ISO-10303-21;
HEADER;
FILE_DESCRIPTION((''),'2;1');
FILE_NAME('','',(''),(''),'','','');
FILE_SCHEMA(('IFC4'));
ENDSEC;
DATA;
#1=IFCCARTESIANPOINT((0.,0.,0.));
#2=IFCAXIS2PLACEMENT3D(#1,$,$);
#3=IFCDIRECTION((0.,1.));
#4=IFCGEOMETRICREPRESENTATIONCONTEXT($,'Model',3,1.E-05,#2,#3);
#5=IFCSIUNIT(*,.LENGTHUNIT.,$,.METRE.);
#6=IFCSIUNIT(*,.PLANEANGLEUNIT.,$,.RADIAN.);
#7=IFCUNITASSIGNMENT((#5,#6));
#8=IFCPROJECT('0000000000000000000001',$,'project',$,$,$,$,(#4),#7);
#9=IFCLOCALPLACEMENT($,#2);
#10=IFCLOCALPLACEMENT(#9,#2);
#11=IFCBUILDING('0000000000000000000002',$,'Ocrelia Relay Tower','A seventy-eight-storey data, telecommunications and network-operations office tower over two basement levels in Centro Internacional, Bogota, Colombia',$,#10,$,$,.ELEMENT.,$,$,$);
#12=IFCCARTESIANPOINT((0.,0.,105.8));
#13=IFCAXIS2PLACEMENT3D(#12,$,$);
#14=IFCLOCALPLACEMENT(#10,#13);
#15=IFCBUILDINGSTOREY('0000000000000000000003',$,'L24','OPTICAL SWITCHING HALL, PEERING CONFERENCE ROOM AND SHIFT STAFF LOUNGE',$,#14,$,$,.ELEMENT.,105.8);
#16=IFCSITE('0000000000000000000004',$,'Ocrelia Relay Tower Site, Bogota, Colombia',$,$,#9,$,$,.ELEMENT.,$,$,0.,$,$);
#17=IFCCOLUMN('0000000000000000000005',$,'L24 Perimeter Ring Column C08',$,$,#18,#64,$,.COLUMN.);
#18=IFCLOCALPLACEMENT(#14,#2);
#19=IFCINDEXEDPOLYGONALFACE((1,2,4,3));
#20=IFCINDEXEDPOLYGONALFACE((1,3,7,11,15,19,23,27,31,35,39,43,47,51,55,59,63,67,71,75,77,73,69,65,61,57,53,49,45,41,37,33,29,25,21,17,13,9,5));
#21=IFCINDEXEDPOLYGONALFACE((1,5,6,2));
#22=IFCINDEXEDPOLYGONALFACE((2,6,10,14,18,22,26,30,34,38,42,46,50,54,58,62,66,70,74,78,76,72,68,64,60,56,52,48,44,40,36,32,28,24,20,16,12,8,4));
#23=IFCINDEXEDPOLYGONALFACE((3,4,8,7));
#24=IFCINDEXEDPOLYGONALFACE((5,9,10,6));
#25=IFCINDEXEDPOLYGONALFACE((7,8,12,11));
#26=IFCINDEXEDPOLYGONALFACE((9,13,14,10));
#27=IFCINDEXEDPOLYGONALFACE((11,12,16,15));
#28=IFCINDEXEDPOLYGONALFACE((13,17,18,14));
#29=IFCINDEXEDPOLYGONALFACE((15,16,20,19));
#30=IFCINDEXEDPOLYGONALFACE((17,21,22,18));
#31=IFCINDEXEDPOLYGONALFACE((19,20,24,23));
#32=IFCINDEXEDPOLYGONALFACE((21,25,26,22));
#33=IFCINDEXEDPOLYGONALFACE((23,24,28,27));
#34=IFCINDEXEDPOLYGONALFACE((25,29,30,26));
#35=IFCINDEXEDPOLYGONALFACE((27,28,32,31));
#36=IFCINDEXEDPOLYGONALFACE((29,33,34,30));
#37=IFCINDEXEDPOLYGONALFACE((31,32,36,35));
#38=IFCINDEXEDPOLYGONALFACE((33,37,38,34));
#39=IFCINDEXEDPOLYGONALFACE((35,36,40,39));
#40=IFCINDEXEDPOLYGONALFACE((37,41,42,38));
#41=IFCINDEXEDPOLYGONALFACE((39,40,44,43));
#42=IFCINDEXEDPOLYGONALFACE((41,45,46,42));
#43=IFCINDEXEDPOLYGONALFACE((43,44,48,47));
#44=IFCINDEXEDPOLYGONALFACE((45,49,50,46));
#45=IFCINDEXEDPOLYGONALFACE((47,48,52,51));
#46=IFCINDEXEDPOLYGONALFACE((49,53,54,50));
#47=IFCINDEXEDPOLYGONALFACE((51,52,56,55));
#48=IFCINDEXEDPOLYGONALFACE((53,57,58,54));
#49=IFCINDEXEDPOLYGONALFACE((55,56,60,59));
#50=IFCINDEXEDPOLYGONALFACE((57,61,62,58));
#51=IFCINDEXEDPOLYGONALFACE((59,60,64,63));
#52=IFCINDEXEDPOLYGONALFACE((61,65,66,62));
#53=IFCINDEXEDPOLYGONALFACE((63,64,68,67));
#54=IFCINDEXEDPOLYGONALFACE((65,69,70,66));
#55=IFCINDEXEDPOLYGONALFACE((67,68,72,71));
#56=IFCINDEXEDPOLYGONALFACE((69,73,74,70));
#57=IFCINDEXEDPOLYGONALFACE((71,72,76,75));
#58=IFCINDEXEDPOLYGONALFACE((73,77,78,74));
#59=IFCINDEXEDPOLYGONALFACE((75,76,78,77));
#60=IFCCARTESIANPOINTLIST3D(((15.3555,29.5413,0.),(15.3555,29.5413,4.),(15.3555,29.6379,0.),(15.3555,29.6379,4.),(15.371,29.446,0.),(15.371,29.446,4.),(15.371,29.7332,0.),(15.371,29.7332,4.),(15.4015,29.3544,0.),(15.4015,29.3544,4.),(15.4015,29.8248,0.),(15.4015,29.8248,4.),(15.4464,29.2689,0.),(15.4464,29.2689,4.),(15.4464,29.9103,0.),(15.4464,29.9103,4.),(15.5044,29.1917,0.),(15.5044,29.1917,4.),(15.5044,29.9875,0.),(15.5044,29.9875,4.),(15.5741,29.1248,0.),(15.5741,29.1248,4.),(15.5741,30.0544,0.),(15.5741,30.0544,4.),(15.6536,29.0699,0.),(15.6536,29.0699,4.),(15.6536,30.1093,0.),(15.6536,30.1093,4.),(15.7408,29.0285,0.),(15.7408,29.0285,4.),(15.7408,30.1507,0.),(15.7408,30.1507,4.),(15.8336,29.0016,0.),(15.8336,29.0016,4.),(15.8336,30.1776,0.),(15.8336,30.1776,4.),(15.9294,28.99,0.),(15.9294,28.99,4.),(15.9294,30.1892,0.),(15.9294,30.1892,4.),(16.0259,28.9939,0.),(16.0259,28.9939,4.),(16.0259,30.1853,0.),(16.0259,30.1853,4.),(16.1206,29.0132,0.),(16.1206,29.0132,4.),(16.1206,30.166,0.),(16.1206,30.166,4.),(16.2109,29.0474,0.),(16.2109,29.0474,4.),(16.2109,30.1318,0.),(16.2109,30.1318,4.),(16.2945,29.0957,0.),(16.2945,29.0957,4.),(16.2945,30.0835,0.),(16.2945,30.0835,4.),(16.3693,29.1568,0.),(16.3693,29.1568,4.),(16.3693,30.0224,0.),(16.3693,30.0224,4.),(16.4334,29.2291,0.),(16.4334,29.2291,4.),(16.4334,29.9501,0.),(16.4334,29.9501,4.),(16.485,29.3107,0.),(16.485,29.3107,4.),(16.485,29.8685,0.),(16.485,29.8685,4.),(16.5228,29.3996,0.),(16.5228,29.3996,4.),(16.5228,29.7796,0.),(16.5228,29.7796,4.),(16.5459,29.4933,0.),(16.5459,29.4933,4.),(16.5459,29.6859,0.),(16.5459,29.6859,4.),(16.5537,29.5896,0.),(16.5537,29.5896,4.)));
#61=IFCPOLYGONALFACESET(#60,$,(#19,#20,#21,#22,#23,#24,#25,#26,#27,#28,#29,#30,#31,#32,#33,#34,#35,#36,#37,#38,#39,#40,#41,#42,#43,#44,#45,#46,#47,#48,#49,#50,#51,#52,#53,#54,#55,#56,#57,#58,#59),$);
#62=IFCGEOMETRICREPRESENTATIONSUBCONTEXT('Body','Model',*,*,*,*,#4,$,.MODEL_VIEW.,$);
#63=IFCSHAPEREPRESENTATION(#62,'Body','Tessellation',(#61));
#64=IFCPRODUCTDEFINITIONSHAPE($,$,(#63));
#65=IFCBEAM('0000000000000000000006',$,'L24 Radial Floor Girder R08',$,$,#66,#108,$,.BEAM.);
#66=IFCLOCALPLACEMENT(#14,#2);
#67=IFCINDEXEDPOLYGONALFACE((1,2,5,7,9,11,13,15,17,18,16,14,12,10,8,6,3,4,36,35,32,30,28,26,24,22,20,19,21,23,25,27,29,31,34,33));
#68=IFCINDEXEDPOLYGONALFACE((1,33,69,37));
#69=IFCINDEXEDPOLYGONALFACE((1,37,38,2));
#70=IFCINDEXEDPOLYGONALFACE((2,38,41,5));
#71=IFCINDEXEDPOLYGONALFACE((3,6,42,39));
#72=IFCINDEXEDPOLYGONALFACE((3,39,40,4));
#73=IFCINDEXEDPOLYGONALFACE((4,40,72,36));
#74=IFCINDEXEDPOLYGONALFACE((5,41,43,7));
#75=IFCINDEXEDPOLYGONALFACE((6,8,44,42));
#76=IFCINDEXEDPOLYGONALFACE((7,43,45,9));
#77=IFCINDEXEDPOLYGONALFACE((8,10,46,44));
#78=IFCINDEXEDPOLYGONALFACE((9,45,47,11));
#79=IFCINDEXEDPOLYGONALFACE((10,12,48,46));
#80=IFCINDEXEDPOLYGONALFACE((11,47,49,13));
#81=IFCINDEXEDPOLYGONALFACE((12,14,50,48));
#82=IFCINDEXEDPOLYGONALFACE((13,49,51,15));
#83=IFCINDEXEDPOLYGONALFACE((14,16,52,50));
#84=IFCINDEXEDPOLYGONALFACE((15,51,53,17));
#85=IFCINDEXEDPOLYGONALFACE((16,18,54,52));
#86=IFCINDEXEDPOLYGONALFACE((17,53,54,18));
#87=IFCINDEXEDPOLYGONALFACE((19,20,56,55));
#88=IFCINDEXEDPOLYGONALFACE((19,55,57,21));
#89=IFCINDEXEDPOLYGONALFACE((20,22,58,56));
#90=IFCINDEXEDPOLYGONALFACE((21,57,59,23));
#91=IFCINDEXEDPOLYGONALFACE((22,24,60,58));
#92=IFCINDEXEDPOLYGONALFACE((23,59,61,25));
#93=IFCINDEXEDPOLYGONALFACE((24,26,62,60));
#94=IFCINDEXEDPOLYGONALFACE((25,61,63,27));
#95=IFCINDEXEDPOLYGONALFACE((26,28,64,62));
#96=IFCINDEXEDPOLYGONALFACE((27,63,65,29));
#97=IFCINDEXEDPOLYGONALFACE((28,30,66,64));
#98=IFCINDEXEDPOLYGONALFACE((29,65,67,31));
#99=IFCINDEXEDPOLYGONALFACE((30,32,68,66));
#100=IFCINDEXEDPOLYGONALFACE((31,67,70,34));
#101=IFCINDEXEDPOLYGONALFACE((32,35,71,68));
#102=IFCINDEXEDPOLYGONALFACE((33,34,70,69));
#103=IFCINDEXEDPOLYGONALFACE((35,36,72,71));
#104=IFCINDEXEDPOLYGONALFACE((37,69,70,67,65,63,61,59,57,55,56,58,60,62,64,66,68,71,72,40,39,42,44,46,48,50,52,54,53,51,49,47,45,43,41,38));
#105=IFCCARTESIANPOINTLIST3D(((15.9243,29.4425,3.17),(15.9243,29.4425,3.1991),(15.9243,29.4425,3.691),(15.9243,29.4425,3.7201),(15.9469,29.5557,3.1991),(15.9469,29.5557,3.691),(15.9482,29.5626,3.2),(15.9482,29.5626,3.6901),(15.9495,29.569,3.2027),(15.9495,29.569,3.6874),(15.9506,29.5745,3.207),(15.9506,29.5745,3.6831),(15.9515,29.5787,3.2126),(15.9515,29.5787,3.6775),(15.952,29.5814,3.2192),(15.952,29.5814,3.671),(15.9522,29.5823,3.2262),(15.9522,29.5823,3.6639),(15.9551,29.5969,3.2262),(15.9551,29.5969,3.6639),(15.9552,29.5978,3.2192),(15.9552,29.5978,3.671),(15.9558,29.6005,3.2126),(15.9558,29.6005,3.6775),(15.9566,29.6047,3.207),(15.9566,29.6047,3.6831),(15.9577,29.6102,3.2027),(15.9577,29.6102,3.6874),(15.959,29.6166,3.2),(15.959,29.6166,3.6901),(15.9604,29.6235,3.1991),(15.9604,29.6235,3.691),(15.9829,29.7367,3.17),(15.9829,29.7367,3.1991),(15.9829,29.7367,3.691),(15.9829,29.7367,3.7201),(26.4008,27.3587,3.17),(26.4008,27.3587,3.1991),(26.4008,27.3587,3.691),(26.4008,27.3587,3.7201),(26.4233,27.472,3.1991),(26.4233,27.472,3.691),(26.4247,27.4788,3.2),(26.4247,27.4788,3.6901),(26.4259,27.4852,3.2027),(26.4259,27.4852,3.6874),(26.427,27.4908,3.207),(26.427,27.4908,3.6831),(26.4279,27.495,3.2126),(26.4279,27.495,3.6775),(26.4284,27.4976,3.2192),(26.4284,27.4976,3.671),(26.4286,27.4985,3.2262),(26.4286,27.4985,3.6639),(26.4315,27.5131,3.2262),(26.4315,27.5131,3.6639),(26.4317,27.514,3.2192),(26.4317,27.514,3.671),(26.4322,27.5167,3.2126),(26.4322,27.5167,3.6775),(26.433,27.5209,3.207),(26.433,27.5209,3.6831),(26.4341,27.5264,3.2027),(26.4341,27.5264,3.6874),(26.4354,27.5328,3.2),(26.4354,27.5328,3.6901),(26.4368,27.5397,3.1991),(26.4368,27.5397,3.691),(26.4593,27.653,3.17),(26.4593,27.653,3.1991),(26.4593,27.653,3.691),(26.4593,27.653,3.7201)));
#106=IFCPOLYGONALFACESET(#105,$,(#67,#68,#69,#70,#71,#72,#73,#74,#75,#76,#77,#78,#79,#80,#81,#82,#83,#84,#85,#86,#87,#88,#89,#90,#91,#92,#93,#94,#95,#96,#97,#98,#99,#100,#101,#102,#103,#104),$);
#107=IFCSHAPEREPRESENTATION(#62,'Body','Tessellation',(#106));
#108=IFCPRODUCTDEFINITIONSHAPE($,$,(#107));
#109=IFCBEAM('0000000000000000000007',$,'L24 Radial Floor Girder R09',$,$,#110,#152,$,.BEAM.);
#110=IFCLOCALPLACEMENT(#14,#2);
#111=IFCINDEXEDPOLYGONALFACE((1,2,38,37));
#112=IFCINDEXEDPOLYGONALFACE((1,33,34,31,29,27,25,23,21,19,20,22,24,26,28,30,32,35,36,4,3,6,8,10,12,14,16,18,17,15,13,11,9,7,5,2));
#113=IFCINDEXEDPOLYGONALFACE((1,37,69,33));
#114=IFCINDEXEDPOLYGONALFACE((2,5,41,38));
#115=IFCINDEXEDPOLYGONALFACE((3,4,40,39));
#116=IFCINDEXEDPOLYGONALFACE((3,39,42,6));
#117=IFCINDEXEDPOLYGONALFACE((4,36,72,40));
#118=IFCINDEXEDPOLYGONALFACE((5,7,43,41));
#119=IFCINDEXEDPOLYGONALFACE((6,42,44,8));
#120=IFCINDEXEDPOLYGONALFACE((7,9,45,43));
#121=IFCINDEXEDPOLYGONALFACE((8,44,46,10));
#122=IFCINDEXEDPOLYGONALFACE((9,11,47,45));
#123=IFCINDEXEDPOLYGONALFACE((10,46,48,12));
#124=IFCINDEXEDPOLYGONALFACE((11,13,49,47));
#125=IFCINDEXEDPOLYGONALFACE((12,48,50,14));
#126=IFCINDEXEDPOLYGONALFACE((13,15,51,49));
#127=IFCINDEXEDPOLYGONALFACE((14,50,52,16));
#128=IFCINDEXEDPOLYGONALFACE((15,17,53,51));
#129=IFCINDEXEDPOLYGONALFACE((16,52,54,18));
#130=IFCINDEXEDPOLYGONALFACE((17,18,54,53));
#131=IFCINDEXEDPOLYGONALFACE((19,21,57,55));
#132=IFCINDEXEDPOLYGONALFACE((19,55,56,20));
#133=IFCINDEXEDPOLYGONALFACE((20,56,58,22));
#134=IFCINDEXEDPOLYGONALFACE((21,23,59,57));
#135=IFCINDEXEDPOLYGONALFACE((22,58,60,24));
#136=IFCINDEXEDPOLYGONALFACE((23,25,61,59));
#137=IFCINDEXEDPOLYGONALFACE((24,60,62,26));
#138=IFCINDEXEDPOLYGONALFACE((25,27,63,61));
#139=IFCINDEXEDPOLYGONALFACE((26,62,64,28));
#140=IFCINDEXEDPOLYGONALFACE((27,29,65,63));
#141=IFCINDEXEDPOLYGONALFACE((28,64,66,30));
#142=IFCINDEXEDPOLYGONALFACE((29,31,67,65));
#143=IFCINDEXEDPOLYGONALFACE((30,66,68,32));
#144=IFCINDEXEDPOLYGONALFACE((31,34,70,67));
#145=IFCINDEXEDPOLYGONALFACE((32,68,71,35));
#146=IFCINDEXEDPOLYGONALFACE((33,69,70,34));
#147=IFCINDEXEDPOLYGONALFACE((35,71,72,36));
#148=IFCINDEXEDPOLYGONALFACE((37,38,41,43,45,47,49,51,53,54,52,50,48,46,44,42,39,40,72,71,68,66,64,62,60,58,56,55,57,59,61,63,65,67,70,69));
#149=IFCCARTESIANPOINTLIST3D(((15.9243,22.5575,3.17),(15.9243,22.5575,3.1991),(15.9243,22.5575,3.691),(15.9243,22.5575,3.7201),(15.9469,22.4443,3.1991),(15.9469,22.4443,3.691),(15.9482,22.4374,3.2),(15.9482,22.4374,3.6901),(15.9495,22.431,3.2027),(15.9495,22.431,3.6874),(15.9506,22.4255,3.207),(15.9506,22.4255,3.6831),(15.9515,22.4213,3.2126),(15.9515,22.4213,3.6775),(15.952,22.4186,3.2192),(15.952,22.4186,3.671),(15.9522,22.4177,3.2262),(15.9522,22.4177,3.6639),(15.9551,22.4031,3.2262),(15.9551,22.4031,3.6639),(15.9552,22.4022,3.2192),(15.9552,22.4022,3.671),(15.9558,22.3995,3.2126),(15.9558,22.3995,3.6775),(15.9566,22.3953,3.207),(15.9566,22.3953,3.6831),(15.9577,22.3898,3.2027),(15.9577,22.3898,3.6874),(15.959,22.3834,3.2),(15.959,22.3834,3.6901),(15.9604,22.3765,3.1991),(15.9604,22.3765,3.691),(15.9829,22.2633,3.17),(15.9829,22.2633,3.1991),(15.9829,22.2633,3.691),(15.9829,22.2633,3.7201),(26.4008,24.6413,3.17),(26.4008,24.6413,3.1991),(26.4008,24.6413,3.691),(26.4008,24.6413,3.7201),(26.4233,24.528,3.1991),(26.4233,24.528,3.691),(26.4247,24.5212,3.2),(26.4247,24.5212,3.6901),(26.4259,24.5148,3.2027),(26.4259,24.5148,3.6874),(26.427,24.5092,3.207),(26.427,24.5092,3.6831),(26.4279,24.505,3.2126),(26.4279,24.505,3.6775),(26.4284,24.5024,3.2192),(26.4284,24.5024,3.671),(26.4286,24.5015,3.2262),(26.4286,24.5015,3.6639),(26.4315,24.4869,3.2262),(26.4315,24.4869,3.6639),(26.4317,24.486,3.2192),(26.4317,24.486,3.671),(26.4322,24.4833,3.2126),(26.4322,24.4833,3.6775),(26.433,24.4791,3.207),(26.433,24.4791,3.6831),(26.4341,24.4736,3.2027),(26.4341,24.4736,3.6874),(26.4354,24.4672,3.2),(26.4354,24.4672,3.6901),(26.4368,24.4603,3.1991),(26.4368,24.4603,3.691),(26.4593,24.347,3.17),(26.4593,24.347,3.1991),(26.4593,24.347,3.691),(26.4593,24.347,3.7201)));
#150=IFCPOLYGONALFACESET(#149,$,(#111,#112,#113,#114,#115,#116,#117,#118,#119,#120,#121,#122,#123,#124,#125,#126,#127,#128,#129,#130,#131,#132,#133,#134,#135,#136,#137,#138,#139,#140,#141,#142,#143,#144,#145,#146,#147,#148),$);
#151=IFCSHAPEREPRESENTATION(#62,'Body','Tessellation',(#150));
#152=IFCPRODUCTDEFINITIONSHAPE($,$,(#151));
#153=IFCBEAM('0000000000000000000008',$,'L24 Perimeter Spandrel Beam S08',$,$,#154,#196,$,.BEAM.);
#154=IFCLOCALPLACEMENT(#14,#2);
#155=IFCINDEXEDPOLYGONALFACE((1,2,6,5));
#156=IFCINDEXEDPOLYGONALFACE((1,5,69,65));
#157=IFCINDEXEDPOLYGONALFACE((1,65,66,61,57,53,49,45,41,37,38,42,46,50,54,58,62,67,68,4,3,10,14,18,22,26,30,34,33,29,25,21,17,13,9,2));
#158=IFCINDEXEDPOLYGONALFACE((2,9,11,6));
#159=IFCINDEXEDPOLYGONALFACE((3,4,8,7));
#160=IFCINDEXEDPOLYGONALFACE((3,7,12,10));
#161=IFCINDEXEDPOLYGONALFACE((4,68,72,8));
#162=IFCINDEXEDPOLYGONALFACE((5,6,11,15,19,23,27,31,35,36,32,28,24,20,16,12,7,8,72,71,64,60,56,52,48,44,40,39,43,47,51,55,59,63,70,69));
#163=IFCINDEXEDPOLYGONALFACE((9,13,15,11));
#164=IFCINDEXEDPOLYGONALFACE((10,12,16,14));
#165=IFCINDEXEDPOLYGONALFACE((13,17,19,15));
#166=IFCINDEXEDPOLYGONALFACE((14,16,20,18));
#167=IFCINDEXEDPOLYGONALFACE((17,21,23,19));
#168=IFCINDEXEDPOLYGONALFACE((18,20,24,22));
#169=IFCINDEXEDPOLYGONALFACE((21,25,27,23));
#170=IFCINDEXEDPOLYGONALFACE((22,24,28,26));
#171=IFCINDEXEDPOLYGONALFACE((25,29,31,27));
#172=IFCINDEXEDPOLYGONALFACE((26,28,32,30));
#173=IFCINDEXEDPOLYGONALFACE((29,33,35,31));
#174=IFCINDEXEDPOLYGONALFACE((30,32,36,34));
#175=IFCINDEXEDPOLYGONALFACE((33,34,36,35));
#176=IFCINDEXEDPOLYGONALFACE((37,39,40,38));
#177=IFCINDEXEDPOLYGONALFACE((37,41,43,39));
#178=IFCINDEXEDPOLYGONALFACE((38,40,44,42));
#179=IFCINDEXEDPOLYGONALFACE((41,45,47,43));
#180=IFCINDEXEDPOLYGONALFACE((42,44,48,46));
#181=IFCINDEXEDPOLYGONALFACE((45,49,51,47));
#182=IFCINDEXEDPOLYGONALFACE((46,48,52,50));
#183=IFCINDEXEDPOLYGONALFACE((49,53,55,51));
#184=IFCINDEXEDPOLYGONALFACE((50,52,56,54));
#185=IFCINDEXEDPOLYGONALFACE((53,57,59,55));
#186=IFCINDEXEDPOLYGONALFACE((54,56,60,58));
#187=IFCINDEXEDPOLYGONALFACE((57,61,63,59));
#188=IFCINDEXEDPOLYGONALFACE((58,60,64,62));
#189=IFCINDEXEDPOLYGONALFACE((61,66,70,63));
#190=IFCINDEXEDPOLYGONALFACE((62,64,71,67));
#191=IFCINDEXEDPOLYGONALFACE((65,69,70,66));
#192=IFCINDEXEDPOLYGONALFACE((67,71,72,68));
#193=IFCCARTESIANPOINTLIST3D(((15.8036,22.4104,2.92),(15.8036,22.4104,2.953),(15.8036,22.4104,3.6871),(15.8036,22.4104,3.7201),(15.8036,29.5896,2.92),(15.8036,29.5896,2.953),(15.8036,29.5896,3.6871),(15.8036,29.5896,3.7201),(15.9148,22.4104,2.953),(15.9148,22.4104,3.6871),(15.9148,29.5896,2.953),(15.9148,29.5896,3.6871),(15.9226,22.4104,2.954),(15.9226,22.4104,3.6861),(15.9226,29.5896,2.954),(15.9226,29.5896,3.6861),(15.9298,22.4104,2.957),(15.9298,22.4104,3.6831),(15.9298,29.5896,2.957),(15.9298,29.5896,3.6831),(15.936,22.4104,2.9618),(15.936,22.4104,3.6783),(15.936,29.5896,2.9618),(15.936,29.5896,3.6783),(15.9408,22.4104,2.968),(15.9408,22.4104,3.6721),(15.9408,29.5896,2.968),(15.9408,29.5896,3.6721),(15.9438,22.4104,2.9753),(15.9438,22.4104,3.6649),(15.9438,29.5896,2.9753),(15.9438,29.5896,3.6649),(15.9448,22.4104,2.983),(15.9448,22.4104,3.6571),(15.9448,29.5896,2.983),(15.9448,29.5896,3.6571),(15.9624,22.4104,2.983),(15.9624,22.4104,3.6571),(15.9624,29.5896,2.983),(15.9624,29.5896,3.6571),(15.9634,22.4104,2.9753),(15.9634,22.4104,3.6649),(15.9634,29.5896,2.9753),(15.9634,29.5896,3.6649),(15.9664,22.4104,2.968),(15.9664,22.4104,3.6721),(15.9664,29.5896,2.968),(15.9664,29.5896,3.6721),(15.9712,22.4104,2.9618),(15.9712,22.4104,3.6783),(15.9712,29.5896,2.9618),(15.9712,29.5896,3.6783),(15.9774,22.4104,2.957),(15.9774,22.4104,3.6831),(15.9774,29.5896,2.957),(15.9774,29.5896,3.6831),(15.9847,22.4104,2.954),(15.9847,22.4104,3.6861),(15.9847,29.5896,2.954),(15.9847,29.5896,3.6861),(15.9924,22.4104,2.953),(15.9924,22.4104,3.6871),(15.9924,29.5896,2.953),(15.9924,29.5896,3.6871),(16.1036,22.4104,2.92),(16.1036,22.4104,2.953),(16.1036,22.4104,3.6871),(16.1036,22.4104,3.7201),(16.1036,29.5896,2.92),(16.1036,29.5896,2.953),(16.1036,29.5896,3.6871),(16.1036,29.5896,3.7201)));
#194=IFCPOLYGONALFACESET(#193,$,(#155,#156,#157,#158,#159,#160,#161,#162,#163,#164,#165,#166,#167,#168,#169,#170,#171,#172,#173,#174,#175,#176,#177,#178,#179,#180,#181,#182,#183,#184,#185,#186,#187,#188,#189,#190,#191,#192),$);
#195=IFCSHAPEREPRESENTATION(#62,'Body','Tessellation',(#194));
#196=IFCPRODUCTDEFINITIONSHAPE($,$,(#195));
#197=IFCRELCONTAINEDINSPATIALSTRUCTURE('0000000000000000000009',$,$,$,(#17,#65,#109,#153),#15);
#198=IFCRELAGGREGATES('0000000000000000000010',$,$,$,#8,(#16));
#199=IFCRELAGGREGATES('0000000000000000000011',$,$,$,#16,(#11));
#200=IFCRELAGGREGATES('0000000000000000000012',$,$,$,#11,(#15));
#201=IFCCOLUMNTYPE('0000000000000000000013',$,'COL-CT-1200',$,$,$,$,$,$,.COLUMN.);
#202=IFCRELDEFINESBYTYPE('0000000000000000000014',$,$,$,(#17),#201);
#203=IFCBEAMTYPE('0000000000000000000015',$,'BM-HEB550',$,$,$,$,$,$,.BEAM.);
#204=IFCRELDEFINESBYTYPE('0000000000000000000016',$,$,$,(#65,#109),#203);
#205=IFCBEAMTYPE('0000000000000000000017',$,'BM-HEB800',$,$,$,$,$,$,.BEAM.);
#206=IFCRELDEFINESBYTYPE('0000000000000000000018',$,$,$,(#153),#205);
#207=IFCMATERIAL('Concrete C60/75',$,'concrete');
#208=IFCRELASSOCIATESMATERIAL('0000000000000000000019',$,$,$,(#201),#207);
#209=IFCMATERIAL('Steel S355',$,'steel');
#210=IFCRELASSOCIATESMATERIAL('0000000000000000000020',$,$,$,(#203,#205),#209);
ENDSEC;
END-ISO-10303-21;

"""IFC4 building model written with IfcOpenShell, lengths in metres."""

from ifc_helpers import new_model, si_unit, direction, frame, origin, origin_2d, place, context, subcontext, project, spatial, circle, i_section, extrude, material, material_profile, profile_set, type_object, element, save


model = new_model("IFC4")

# Units and contexts
model_context = context("Model", 3, precision=1e-05, world=origin(), true_north=direction((0.0, 1.0)))
body_context = subcontext(model_context, "Body", "Model", "MODEL_VIEW")
ifc_project = project(units=[si_unit("LENGTHUNIT", "METRE"), si_unit("PLANEANGLEUNIT", "RADIAN")], contexts=[model_context])

# Site, building, storey
site_placement = place(None, origin())
site = spatial("IfcSite", under=ifc_project, at=site_placement, Name="Ocrelia Relay Tower Site, Bogota, Colombia", CompositionType="ELEMENT", RefElevation=0.0)
building_placement = place(site_placement, origin())
building = spatial("IfcBuilding", under=site, at=building_placement, Name="Ocrelia Relay Tower", Description="A seventy-eight-storey data, telecommunications and network-operations office tower over two basement levels in Centro Internacional, Bogota, Colombia", CompositionType="ELEMENT")
storey_placement = place(building_placement, frame((0.0, 0.0, 105.8)))
storey = spatial("IfcBuildingStorey", under=building, at=storey_placement, Name="L24", Description="OPTICAL SWITCHING HALL, PEERING CONFERENCE ROOM AND SHIFT STAFF LOUNGE", CompositionType="ELEMENT", Elevation=105.8)

# Column
ifc_material_1 = material(Name="Concrete C60/75", Category="concrete")
ifc_material_profile_1 = material_profile(ifc_material_1, circle(Radius=0.6001, at=origin_2d()), Name="RC-CIR-1200")
ifc_profile_set_1 = profile_set([ifc_material_profile_1], Name="Concrete C60/75")
column_type = type_object("IfcColumnType", Name="COL-CT-1200", PredefinedType="COLUMN", material=ifc_profile_set_1)
column_placement = place(storey_placement, frame((15.9536, 29.5896, 0.0), z_axis=(0.0, 0.0, 1.0), x_axis=(1.0, 0.0, 0.0)))
element("IfcColumn", 1, at=column_placement, inside=storey, type_object=column_type, Name="L24 Perimeter Ring Column C08", PredefinedType="COLUMN", context=body_context, shape_type="SweptSolid", body=[
    extrude(circle(Radius=0.6001, at=origin_2d()), origin(), (0.0, 0.0, 1.0), 4.0),
])

# Beams
ifc_material_2 = material(Name="Steel S355", Category="steel")
ifc_material_profile_2 = material_profile(ifc_material_2, i_section(OverallWidth=0.3, OverallDepth=0.55, WebThickness=0.0149, FlangeThickness=0.0291, FilletRadius=0.0271, at=origin_2d()), Name="HEB 550")
ifc_profile_set_2 = profile_set([ifc_material_profile_2], Name="Steel S355")
beam_type_1 = type_object("IfcBeamType", Name="BM-HEB550", PredefinedType="BEAM", material=ifc_profile_set_2)
for number, where, z_axis, x_axis, name in (
    (2, (15.9536, 29.5896, 3.4451), (0.980788, -0.195079, 0.0), (0.195079, 0.980788, 0.0), "L24 Radial Floor Girder R08"),
    (3, (15.9536, 22.4104, 3.4451), (0.980788, 0.195079, 0.0), (-0.195079, 0.980788, 0.0), "L24 Radial Floor Girder R09"),
):
    element("IfcBeam", number, at=place(storey_placement, frame(where, z_axis=z_axis, x_axis=x_axis)), inside=storey, type_object=beam_type_1, Name=name, PredefinedType="BEAM", context=body_context, shape_type="SweptSolid", body=[
        extrude(i_section(OverallWidth=0.3, OverallDepth=0.55, WebThickness=0.0149, FlangeThickness=0.0291, FilletRadius=0.0271, at=origin_2d()), origin(), (0.0, 0.0, 1.0), 10.6816),
    ])
ifc_material_profile_3 = material_profile(ifc_material_2, i_section(OverallWidth=0.3, OverallDepth=0.8, WebThickness=0.0176, FlangeThickness=0.033, FilletRadius=0.03, at=origin_2d()), Name="HEB 800")
ifc_profile_set_3 = profile_set([ifc_material_profile_3], Name="Steel S355")
beam_type_2 = type_object("IfcBeamType", Name="BM-HEB800", PredefinedType="BEAM", material=ifc_profile_set_3)
for number, where, z_axis, x_axis, name in (
    (4, (15.9536, 29.5896, 3.3201), (0.0, -1.0, 0.0), (1.0, 0.0, 0.0), "L24 Perimeter Spandrel Beam S08"),
):
    element("IfcBeam", number, at=place(storey_placement, frame(where, z_axis=z_axis, x_axis=x_axis)), inside=storey, type_object=beam_type_2, Name=name, PredefinedType="BEAM", context=body_context, shape_type="SweptSolid", body=[
        extrude(i_section(OverallWidth=0.3, OverallDepth=0.8, WebThickness=0.0176, FlangeThickness=0.033, FilletRadius=0.03, at=origin_2d()), origin(), (0.0, 0.0, 1.0), 7.1792),
    ])

save(model, "model.ifc")
